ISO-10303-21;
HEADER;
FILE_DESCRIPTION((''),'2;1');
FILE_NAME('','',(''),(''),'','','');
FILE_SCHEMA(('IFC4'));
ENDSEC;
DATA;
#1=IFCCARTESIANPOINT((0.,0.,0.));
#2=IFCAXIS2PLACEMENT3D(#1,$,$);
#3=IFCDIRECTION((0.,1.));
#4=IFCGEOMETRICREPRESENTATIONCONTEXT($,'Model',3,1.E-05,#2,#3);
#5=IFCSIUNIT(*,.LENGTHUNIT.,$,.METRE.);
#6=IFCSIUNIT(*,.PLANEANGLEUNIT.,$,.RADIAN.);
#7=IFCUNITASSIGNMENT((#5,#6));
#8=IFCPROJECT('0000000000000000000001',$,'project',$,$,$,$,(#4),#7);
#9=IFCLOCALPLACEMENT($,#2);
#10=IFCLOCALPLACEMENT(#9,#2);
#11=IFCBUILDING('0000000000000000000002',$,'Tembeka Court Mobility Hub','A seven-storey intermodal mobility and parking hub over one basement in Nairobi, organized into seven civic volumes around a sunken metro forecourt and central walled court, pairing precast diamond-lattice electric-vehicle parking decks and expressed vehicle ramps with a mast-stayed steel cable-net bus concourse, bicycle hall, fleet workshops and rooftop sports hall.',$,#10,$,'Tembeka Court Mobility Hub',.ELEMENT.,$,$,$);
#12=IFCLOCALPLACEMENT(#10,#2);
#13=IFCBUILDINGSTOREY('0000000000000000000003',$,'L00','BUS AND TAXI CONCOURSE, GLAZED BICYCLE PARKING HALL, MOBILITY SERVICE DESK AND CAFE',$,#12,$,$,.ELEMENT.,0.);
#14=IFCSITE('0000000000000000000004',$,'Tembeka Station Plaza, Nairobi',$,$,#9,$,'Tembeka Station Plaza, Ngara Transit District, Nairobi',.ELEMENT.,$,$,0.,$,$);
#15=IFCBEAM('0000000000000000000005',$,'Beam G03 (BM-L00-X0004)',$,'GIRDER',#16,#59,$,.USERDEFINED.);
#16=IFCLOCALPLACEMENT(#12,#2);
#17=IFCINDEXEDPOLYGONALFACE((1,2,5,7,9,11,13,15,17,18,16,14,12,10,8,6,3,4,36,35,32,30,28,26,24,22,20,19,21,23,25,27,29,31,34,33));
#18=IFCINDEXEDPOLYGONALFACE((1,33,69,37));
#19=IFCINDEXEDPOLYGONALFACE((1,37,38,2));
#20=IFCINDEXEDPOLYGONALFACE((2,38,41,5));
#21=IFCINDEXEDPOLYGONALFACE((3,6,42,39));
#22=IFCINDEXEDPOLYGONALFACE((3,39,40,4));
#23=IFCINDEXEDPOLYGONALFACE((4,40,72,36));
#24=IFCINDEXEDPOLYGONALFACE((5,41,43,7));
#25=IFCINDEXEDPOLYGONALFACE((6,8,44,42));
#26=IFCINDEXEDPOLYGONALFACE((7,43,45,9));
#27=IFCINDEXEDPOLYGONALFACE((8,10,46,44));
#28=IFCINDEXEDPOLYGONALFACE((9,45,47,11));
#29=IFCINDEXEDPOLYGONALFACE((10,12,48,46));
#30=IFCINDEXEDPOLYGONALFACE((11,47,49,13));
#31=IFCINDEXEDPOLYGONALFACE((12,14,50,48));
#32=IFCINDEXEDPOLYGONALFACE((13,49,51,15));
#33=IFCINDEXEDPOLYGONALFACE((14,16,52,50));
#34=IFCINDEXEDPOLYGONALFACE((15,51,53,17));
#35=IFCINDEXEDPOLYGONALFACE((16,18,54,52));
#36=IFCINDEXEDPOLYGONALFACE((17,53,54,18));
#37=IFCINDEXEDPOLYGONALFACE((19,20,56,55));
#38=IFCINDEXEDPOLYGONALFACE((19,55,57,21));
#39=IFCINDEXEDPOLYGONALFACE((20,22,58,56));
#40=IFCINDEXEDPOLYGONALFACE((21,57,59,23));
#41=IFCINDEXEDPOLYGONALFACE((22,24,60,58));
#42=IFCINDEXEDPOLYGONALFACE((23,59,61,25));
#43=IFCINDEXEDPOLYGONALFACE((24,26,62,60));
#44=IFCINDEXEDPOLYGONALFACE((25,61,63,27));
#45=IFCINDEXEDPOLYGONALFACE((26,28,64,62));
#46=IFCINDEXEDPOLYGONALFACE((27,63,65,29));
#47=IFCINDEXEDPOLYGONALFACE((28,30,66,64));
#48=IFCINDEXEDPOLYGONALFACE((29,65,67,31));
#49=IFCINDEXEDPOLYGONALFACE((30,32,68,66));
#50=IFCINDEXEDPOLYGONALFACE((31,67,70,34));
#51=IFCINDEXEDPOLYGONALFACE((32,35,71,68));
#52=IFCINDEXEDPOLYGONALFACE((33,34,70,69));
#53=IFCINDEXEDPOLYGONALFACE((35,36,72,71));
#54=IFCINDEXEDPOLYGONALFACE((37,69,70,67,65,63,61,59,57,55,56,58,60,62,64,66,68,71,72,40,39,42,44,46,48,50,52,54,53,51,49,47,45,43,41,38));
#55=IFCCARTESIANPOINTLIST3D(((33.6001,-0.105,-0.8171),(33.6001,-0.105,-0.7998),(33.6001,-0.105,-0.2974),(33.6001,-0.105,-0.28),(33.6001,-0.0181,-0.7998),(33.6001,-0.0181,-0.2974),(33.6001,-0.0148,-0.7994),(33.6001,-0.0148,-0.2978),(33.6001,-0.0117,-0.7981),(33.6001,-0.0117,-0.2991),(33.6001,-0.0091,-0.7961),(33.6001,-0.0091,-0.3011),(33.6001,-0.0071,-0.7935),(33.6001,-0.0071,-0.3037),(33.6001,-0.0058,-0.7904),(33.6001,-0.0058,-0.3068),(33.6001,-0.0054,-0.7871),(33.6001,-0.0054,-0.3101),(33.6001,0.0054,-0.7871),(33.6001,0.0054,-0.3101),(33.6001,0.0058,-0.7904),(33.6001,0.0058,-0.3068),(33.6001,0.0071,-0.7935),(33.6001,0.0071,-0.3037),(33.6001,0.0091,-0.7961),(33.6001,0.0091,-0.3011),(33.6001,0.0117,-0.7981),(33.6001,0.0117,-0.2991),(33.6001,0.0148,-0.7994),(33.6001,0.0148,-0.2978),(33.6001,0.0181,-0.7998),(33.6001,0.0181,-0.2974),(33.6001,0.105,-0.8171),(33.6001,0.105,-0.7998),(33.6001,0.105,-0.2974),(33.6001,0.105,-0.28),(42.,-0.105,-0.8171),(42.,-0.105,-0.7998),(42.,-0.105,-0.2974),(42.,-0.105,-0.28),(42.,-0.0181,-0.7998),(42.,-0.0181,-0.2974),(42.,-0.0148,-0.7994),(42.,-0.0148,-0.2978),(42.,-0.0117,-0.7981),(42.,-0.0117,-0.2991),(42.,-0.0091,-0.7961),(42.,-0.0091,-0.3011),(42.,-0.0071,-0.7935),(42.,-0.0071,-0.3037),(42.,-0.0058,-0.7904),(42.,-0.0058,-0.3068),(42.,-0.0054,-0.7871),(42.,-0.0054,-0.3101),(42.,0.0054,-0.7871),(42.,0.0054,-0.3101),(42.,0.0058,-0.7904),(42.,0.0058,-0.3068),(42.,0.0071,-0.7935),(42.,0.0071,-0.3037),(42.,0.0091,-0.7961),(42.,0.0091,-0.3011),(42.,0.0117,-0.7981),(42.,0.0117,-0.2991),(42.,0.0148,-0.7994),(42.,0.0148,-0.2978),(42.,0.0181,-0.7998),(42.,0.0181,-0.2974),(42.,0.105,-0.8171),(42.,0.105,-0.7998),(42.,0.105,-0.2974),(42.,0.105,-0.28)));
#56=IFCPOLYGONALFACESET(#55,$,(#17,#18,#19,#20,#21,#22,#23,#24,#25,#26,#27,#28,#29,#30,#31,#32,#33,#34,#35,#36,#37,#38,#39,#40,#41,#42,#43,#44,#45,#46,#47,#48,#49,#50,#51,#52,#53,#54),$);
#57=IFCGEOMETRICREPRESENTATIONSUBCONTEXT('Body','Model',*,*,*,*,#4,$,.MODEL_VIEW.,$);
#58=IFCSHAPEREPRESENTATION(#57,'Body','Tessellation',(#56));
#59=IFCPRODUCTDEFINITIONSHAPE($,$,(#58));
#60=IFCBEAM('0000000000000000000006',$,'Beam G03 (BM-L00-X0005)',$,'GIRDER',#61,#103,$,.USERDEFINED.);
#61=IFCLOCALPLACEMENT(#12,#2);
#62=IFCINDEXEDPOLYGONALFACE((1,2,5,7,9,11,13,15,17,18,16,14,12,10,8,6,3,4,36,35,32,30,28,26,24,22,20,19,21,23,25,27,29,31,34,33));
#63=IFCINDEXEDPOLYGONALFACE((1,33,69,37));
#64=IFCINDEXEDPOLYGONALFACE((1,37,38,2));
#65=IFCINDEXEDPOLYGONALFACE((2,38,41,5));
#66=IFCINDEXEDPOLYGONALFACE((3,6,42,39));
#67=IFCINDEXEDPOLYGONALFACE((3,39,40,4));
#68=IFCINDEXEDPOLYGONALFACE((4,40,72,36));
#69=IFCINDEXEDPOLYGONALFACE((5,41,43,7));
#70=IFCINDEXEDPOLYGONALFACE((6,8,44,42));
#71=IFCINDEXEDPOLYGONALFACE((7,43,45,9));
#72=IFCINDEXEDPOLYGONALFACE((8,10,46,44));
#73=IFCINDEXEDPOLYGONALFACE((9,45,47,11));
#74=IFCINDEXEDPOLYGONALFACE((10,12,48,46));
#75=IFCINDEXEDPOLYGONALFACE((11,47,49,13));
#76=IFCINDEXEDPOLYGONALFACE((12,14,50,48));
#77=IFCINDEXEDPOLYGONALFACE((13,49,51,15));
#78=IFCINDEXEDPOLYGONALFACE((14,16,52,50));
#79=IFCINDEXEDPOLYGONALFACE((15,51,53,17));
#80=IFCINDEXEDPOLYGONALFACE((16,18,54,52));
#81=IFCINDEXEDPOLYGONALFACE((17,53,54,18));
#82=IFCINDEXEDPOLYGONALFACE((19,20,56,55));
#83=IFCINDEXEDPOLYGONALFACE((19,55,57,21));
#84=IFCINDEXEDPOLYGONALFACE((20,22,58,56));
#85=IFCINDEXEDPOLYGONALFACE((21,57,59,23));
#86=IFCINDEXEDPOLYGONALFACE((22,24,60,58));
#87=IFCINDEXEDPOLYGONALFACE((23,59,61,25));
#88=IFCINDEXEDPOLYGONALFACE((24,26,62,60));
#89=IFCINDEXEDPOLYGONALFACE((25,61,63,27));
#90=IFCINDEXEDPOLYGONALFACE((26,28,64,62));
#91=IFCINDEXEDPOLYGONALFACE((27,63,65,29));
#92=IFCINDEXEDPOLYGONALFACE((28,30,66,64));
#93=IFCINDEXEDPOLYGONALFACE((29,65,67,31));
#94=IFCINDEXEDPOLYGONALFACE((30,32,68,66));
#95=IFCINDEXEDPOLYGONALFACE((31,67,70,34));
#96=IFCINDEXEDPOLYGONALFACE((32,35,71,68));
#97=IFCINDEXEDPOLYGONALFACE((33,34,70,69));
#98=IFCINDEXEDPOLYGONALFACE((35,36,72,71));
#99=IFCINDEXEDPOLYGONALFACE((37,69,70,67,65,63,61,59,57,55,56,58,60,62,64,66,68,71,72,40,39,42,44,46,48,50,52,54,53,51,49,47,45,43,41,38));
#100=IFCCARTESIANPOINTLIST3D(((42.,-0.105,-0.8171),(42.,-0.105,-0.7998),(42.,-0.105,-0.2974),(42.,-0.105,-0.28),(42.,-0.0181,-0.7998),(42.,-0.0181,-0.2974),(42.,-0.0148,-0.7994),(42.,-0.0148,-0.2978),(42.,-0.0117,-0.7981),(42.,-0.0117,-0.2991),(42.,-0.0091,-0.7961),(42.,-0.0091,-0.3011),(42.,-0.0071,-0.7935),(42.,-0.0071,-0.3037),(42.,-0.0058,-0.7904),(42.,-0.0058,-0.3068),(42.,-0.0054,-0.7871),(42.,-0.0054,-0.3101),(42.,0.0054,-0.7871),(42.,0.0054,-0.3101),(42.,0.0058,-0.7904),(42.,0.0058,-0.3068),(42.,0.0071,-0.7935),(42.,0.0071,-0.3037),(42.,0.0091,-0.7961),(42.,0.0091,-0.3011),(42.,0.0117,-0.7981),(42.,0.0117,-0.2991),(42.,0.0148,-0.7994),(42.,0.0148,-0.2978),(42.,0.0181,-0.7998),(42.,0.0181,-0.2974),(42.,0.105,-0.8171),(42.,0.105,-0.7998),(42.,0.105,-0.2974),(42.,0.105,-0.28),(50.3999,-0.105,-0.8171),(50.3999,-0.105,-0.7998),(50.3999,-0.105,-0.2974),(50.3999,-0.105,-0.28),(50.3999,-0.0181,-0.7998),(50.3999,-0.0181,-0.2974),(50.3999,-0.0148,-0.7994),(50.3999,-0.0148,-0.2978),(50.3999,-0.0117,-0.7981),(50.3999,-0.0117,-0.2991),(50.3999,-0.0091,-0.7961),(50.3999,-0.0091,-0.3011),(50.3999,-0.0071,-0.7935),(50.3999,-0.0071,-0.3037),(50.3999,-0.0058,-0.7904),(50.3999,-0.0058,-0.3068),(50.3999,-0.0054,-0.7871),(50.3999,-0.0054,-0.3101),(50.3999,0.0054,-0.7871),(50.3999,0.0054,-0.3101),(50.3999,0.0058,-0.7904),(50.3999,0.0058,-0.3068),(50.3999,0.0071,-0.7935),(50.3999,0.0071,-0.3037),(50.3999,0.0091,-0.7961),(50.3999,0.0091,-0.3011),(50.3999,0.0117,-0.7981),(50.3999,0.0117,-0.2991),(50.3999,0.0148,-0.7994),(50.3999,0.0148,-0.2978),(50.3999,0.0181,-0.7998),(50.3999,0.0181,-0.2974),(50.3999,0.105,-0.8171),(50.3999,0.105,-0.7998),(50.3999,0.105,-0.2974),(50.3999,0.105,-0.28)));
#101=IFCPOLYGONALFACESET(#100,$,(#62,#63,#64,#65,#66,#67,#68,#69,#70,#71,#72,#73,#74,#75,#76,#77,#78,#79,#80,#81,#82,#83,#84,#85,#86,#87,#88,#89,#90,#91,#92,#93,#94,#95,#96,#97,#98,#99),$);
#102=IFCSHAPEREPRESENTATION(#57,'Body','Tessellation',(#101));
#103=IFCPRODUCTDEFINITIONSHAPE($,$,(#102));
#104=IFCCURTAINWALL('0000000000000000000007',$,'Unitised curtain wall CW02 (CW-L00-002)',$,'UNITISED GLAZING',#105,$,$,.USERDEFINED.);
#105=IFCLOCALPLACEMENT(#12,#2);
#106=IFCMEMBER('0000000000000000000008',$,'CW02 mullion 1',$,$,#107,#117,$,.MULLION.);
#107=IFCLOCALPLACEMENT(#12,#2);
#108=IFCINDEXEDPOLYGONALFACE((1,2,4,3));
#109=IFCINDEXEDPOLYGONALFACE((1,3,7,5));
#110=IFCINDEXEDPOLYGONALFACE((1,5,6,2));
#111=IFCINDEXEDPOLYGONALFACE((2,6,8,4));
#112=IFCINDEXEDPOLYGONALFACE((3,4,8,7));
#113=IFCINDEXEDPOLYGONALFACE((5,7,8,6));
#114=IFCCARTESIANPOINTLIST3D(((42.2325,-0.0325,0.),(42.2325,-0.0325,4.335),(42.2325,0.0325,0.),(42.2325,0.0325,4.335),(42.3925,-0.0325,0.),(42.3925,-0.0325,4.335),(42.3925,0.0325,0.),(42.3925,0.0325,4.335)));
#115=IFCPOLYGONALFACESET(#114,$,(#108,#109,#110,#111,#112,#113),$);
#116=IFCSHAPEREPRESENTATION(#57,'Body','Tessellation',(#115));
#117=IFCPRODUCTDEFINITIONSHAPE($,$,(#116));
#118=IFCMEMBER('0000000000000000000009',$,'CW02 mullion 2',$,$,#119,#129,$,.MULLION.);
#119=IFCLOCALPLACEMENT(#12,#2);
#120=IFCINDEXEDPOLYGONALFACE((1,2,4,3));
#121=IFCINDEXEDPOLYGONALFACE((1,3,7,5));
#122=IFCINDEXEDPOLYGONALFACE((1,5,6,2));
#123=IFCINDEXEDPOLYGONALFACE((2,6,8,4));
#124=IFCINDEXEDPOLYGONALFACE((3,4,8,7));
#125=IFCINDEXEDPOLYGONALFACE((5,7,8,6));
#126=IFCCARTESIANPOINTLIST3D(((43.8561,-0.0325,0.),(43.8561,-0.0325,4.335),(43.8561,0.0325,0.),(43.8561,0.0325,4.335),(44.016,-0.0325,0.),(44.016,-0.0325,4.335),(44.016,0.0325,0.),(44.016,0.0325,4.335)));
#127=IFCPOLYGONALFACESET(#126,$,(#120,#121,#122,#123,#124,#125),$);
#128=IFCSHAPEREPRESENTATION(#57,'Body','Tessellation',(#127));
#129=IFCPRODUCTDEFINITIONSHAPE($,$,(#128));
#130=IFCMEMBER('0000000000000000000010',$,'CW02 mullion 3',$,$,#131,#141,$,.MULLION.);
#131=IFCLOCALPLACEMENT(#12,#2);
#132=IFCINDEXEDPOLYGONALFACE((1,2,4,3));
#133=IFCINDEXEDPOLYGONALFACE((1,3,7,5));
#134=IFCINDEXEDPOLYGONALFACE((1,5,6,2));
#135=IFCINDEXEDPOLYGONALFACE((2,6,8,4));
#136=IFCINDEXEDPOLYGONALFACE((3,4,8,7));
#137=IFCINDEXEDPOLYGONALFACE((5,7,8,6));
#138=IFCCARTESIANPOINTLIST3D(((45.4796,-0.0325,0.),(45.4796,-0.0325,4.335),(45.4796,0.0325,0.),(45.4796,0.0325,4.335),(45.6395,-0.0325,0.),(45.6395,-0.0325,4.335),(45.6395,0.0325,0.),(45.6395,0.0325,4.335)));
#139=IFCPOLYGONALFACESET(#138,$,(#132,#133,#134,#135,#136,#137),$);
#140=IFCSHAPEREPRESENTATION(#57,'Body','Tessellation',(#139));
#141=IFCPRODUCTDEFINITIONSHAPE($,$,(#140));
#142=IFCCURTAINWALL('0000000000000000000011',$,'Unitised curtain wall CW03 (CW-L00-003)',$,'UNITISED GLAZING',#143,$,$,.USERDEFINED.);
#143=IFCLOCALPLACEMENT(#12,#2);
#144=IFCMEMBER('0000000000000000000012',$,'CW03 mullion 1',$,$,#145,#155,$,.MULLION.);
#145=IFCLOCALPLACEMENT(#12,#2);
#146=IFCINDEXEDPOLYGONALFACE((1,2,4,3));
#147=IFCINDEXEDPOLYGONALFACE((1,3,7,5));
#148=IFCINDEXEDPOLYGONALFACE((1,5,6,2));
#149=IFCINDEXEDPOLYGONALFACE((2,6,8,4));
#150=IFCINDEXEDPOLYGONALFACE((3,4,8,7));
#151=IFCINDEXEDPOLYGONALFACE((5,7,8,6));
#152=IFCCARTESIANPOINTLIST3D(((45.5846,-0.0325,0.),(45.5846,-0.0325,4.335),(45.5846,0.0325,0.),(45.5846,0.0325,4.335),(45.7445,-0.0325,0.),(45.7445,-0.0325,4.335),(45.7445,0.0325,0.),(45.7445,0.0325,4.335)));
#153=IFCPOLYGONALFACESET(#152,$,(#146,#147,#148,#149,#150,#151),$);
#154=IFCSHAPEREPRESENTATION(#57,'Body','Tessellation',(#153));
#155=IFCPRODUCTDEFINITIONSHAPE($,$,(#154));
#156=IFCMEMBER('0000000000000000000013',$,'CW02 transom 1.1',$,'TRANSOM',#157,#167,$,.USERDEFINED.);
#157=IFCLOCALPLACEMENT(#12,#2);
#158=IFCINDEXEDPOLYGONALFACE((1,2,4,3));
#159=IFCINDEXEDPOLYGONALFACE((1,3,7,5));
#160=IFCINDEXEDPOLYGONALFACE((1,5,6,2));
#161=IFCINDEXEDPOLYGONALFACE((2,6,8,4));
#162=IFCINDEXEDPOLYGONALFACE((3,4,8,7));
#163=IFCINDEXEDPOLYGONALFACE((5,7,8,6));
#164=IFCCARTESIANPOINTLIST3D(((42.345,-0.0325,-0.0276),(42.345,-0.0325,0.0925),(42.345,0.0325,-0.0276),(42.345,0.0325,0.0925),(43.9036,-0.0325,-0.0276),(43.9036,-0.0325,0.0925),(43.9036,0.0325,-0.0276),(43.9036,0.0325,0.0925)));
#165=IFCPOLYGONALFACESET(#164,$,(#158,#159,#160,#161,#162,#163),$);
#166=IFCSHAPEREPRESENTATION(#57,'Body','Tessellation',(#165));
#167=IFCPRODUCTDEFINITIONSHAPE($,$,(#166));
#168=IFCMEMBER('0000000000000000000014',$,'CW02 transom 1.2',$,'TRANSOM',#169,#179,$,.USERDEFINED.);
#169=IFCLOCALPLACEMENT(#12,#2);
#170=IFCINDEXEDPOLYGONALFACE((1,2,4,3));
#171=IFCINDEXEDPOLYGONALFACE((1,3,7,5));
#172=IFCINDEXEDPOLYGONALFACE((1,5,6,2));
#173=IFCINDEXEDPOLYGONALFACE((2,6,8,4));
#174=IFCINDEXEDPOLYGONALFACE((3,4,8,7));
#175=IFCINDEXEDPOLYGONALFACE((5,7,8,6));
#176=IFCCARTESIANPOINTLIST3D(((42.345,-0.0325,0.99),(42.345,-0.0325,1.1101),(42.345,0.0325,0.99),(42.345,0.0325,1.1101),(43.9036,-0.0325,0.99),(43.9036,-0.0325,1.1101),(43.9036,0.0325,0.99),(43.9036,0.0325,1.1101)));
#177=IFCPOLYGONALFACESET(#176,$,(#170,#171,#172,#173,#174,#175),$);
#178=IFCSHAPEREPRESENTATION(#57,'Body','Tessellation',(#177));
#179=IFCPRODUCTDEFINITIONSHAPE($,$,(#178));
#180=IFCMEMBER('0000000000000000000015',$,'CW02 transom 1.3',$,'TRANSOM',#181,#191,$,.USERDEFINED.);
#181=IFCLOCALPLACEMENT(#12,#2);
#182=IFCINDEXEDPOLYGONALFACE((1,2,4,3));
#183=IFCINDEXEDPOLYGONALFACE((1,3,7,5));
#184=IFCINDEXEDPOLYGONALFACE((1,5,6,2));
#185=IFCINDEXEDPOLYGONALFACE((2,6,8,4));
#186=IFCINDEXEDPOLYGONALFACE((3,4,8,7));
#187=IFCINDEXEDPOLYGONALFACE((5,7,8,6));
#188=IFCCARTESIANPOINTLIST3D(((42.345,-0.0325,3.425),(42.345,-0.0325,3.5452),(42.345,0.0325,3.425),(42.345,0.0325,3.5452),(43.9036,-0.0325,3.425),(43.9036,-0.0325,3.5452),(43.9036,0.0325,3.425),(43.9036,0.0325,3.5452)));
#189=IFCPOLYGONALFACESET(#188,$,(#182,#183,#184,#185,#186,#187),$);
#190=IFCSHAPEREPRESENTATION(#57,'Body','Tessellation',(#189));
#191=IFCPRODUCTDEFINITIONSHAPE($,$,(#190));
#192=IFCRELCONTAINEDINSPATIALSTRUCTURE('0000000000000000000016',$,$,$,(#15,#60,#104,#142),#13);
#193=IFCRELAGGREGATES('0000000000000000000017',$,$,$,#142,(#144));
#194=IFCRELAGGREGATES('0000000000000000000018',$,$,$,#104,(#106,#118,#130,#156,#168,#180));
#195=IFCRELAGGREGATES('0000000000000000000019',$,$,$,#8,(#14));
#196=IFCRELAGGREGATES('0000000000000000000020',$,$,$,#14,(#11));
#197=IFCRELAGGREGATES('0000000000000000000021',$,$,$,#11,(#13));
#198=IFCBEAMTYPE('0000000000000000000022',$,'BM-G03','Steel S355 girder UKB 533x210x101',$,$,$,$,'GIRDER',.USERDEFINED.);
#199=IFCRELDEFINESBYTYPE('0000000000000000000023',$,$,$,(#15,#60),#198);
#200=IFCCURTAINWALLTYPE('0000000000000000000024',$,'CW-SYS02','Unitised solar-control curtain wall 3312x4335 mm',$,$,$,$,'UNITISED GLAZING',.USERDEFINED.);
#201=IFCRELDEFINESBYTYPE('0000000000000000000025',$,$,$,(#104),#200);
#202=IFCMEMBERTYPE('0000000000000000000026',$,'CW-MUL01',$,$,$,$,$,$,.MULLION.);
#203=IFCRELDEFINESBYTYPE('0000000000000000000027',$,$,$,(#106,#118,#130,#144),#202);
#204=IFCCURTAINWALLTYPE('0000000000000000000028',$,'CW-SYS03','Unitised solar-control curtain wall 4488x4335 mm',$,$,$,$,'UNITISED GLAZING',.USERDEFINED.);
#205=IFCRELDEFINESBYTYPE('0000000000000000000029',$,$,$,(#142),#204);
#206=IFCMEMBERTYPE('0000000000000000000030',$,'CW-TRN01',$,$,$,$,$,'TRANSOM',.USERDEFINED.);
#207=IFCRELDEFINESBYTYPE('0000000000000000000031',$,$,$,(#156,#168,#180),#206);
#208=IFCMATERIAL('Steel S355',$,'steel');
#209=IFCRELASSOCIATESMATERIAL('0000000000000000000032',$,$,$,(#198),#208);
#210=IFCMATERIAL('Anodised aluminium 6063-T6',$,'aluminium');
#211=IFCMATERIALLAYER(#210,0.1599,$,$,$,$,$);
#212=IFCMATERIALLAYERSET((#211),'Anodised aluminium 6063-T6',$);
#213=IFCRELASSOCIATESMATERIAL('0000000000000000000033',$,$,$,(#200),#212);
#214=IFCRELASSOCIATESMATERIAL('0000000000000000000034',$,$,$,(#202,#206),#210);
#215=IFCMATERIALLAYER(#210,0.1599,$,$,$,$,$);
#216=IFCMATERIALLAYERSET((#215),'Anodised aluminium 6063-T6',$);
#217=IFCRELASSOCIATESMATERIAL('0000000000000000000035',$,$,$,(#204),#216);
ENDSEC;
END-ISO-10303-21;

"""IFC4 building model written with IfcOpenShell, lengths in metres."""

from ifc_helpers import new_model, si_unit, direction, frame, origin, origin_2d, place, context, subcontext, project, spatial, rectangle, i_section, extrude, material, layer, layer_set, material_profile, profile_set, type_object, element, aggregate, save


model = new_model("IFC4")

# Units and contexts
model_context = context("Model", 3, precision=1e-05, world=origin(), true_north=direction((0.0, 1.0)))
body_context = subcontext(model_context, "Body", "Model", "MODEL_VIEW")
ifc_project = project(units=[si_unit("LENGTHUNIT", "METRE"), si_unit("PLANEANGLEUNIT", "RADIAN")], contexts=[model_context])

# Site, building, storey
site_placement = place(None, origin())
site = spatial("IfcSite", under=ifc_project, at=site_placement, Name="Tembeka Station Plaza, Nairobi", LongName="Tembeka Station Plaza, Ngara Transit District, Nairobi", CompositionType="ELEMENT", RefElevation=0.0)
building_placement = place(site_placement, origin())
building = spatial("IfcBuilding", under=site, at=building_placement, Name="Tembeka Court Mobility Hub", Description="A seven-storey intermodal mobility and parking hub over one basement in Nairobi, organized into seven civic volumes around a sunken metro forecourt and central walled court, pairing precast diamond-lattice electric-vehicle parking decks and expressed vehicle ramps with a mast-stayed steel cable-net bus concourse, bicycle hall, fleet workshops and rooftop sports hall.", LongName="Tembeka Court Mobility Hub", CompositionType="ELEMENT")
storey_placement = place(building_placement, origin())
storey = spatial("IfcBuildingStorey", under=building, at=storey_placement, Name="L00", Description="BUS AND TAXI CONCOURSE, GLAZED BICYCLE PARKING HALL, MOBILITY SERVICE DESK AND CAFE", CompositionType="ELEMENT", Elevation=0.0)

# Shared definitions
ifc_material_1 = material(Name="Steel S355", Category="steel")

# Beams
ifc_material_profile_1 = material_profile(ifc_material_1, i_section(OverallWidth=0.21, OverallDepth=0.5371, WebThickness=0.0107, FlangeThickness=0.0173, FilletRadius=0.0127, at=origin_2d()), Name="UKB 533x210x101")
ifc_profile_set_1 = profile_set([ifc_material_profile_1], Name="Steel S355")
beam_type_1 = type_object("IfcBeamType", Name="BM-G03", Description="Steel S355 girder UKB 533x210x101", ElementType="GIRDER", PredefinedType="USERDEFINED", material=ifc_profile_set_1)
for number, where, z_axis, x_axis, name in (
    (1, (33.6001, 0.0, -0.5486), (1.0, 0.0, 0.0), (0.0, 1.0, 0.0), "Beam G03 (BM-L00-X0004)"),
    (2, (42.0, 0.0, -0.5486), (1.0, 0.0, 0.0), (0.0, 1.0, 0.0), "Beam G03 (BM-L00-X0005)"),
):
    element("IfcBeam", number, at=place(storey_placement, frame(where, z_axis=z_axis, x_axis=x_axis)), inside=storey, type_object=beam_type_1, Name=name, ObjectType="GIRDER", PredefinedType="USERDEFINED", context=body_context, shape_type="SweptSolid", body=[
        extrude(i_section(OverallWidth=0.21, OverallDepth=0.5371, WebThickness=0.0107, FlangeThickness=0.0173, FilletRadius=0.0127, at=origin_2d()), origin(), (0.0, 0.0, 1.0), 8.3999),
    ])

# Curtain wall, members
ifc_material_2 = material(Name="Anodised aluminium 6063-T6", Category="aluminium")
ifc_layer_1 = layer(ifc_material_2, 0.1599)
ifc_layer_set_1 = layer_set([ifc_layer_1], Name="Anodised aluminium 6063-T6")
curtain_wall_type_1 = type_object("IfcCurtainWallType", Name="CW-SYS02", Description="Unitised solar-control curtain wall 3312x4335 mm", ElementType="UNITISED GLAZING", PredefinedType="USERDEFINED", material=ifc_layer_set_1)
curtain_wall_1_placement = place(storey_placement, origin())
curtain_wall_1 = element("IfcCurtainWall", 3, at=curtain_wall_1_placement, inside=storey, type_object=curtain_wall_type_1, Name="Unitised curtain wall CW02 (CW-L00-002)", ObjectType="UNITISED GLAZING", PredefinedType="USERDEFINED")
ifc_material_profile_2 = material_profile(ifc_material_2, rectangle(XDim=0.0649, YDim=0.1599, at=origin_2d()), Name="ALU-MUL 65x160")
ifc_profile_set_2 = profile_set([ifc_material_profile_2], Name="Anodised aluminium 6063-T6")
member_type_1 = type_object("IfcMemberType", Name="CW-MUL01", PredefinedType="MULLION", material=ifc_profile_set_2)
member_1_placement = place(storey_placement, frame((42.3125, 0.0, 0.0), z_axis=(0.0, 0.0, 1.0), x_axis=(0.0, 1.0, 0.0)))
member_1 = element("IfcMember", 4, at=member_1_placement, type_object=member_type_1, Name="CW02 mullion 1", PredefinedType="MULLION", context=body_context, shape_type="SweptSolid", body=[
    extrude(rectangle(XDim=0.0649, YDim=0.1599, at=origin_2d()), origin(), (0.0, 0.0, 1.0), 4.335),
])
member_2_placement = place(storey_placement, frame((43.936, 0.0, 0.0), z_axis=(0.0, 0.0, 1.0), x_axis=(0.0, 1.0, 0.0)))
member_2 = element("IfcMember", 5, at=member_2_placement, type_object=member_type_1, Name="CW02 mullion 2", PredefinedType="MULLION", context=body_context, shape_type="SweptSolid", body=[
    extrude(rectangle(XDim=0.0649, YDim=0.1599, at=origin_2d()), origin(), (0.0, 0.0, 1.0), 4.335),
])
member_3_placement = place(storey_placement, frame((45.5596, 0.0, 0.0), z_axis=(0.0, 0.0, 1.0), x_axis=(0.0, 1.0, 0.0)))
member_3 = element("IfcMember", 6, at=member_3_placement, type_object=member_type_1, Name="CW02 mullion 3", PredefinedType="MULLION", context=body_context, shape_type="SweptSolid", body=[
    extrude(rectangle(XDim=0.0649, YDim=0.1599, at=origin_2d()), origin(), (0.0, 0.0, 1.0), 4.335),
])

# Curtain wall, member
ifc_layer_2 = layer(ifc_material_2, 0.1599)
ifc_layer_set_2 = layer_set([ifc_layer_2], Name="Anodised aluminium 6063-T6")
curtain_wall_type_2 = type_object("IfcCurtainWallType", Name="CW-SYS03", Description="Unitised solar-control curtain wall 4488x4335 mm", ElementType="UNITISED GLAZING", PredefinedType="USERDEFINED", material=ifc_layer_set_2)
curtain_wall_2_placement = place(storey_placement, origin())
curtain_wall_2 = element("IfcCurtainWall", 7, at=curtain_wall_2_placement, inside=storey, type_object=curtain_wall_type_2, Name="Unitised curtain wall CW03 (CW-L00-003)", ObjectType="UNITISED GLAZING", PredefinedType="USERDEFINED")
member_4_placement = place(storey_placement, frame((45.6646, 0.0, 0.0), z_axis=(0.0, 0.0, 1.0), x_axis=(0.0, 1.0, 0.0)))
member_4 = element("IfcMember", 8, at=member_4_placement, type_object=member_type_1, Name="CW03 mullion 1", PredefinedType="MULLION", context=body_context, shape_type="SweptSolid", body=[
    extrude(rectangle(XDim=0.0649, YDim=0.1599, at=origin_2d()), origin(), (0.0, 0.0, 1.0), 4.335),
])

# Members
ifc_material_profile_3 = material_profile(ifc_material_2, rectangle(XDim=0.0649, YDim=0.1201, at=origin_2d()), Name="ALU-TRN 65x120")
ifc_profile_set_3 = profile_set([ifc_material_profile_3], Name="Anodised aluminium 6063-T6")
member_type_2 = type_object("IfcMemberType", Name="CW-TRN01", ElementType="TRANSOM", PredefinedType="USERDEFINED", material=ifc_profile_set_3)
member_5_placement = place(storey_placement, frame((42.345, 0.0, 0.0325), z_axis=(1.0, 0.0, 0.0), x_axis=(0.0, 1.0, 0.0)))
member_5 = element("IfcMember", 9, at=member_5_placement, type_object=member_type_2, Name="CW02 transom 1.1", ObjectType="TRANSOM", PredefinedType="USERDEFINED", context=body_context, shape_type="SweptSolid", body=[
    extrude(rectangle(XDim=0.0649, YDim=0.1201, at=origin_2d()), origin(), (0.0, 0.0, 1.0), 1.5586),
])
member_6_placement = place(storey_placement, frame((42.345, 0.0, 1.05), z_axis=(1.0, 0.0, 0.0), x_axis=(0.0, 1.0, 0.0)))
member_6 = element("IfcMember", 10, at=member_6_placement, type_object=member_type_2, Name="CW02 transom 1.2", ObjectType="TRANSOM", PredefinedType="USERDEFINED", context=body_context, shape_type="SweptSolid", body=[
    extrude(rectangle(XDim=0.0649, YDim=0.1201, at=origin_2d()), origin(), (0.0, 0.0, 1.0), 1.5586),
])
member_7_placement = place(storey_placement, frame((42.345, 0.0, 3.4851), z_axis=(1.0, 0.0, 0.0), x_axis=(0.0, 1.0, 0.0)))
member_7 = element("IfcMember", 11, at=member_7_placement, type_object=member_type_2, Name="CW02 transom 1.3", ObjectType="TRANSOM", PredefinedType="USERDEFINED", context=body_context, shape_type="SweptSolid", body=[
    extrude(rectangle(XDim=0.0649, YDim=0.1201, at=origin_2d()), origin(), (0.0, 0.0, 1.0), 1.5586),
])
aggregate(curtain_wall_2, [member_4])

aggregate(curtain_wall_1, [member_1, member_2, member_3, member_5, member_6, member_7])

save(model, "model.ifc")
